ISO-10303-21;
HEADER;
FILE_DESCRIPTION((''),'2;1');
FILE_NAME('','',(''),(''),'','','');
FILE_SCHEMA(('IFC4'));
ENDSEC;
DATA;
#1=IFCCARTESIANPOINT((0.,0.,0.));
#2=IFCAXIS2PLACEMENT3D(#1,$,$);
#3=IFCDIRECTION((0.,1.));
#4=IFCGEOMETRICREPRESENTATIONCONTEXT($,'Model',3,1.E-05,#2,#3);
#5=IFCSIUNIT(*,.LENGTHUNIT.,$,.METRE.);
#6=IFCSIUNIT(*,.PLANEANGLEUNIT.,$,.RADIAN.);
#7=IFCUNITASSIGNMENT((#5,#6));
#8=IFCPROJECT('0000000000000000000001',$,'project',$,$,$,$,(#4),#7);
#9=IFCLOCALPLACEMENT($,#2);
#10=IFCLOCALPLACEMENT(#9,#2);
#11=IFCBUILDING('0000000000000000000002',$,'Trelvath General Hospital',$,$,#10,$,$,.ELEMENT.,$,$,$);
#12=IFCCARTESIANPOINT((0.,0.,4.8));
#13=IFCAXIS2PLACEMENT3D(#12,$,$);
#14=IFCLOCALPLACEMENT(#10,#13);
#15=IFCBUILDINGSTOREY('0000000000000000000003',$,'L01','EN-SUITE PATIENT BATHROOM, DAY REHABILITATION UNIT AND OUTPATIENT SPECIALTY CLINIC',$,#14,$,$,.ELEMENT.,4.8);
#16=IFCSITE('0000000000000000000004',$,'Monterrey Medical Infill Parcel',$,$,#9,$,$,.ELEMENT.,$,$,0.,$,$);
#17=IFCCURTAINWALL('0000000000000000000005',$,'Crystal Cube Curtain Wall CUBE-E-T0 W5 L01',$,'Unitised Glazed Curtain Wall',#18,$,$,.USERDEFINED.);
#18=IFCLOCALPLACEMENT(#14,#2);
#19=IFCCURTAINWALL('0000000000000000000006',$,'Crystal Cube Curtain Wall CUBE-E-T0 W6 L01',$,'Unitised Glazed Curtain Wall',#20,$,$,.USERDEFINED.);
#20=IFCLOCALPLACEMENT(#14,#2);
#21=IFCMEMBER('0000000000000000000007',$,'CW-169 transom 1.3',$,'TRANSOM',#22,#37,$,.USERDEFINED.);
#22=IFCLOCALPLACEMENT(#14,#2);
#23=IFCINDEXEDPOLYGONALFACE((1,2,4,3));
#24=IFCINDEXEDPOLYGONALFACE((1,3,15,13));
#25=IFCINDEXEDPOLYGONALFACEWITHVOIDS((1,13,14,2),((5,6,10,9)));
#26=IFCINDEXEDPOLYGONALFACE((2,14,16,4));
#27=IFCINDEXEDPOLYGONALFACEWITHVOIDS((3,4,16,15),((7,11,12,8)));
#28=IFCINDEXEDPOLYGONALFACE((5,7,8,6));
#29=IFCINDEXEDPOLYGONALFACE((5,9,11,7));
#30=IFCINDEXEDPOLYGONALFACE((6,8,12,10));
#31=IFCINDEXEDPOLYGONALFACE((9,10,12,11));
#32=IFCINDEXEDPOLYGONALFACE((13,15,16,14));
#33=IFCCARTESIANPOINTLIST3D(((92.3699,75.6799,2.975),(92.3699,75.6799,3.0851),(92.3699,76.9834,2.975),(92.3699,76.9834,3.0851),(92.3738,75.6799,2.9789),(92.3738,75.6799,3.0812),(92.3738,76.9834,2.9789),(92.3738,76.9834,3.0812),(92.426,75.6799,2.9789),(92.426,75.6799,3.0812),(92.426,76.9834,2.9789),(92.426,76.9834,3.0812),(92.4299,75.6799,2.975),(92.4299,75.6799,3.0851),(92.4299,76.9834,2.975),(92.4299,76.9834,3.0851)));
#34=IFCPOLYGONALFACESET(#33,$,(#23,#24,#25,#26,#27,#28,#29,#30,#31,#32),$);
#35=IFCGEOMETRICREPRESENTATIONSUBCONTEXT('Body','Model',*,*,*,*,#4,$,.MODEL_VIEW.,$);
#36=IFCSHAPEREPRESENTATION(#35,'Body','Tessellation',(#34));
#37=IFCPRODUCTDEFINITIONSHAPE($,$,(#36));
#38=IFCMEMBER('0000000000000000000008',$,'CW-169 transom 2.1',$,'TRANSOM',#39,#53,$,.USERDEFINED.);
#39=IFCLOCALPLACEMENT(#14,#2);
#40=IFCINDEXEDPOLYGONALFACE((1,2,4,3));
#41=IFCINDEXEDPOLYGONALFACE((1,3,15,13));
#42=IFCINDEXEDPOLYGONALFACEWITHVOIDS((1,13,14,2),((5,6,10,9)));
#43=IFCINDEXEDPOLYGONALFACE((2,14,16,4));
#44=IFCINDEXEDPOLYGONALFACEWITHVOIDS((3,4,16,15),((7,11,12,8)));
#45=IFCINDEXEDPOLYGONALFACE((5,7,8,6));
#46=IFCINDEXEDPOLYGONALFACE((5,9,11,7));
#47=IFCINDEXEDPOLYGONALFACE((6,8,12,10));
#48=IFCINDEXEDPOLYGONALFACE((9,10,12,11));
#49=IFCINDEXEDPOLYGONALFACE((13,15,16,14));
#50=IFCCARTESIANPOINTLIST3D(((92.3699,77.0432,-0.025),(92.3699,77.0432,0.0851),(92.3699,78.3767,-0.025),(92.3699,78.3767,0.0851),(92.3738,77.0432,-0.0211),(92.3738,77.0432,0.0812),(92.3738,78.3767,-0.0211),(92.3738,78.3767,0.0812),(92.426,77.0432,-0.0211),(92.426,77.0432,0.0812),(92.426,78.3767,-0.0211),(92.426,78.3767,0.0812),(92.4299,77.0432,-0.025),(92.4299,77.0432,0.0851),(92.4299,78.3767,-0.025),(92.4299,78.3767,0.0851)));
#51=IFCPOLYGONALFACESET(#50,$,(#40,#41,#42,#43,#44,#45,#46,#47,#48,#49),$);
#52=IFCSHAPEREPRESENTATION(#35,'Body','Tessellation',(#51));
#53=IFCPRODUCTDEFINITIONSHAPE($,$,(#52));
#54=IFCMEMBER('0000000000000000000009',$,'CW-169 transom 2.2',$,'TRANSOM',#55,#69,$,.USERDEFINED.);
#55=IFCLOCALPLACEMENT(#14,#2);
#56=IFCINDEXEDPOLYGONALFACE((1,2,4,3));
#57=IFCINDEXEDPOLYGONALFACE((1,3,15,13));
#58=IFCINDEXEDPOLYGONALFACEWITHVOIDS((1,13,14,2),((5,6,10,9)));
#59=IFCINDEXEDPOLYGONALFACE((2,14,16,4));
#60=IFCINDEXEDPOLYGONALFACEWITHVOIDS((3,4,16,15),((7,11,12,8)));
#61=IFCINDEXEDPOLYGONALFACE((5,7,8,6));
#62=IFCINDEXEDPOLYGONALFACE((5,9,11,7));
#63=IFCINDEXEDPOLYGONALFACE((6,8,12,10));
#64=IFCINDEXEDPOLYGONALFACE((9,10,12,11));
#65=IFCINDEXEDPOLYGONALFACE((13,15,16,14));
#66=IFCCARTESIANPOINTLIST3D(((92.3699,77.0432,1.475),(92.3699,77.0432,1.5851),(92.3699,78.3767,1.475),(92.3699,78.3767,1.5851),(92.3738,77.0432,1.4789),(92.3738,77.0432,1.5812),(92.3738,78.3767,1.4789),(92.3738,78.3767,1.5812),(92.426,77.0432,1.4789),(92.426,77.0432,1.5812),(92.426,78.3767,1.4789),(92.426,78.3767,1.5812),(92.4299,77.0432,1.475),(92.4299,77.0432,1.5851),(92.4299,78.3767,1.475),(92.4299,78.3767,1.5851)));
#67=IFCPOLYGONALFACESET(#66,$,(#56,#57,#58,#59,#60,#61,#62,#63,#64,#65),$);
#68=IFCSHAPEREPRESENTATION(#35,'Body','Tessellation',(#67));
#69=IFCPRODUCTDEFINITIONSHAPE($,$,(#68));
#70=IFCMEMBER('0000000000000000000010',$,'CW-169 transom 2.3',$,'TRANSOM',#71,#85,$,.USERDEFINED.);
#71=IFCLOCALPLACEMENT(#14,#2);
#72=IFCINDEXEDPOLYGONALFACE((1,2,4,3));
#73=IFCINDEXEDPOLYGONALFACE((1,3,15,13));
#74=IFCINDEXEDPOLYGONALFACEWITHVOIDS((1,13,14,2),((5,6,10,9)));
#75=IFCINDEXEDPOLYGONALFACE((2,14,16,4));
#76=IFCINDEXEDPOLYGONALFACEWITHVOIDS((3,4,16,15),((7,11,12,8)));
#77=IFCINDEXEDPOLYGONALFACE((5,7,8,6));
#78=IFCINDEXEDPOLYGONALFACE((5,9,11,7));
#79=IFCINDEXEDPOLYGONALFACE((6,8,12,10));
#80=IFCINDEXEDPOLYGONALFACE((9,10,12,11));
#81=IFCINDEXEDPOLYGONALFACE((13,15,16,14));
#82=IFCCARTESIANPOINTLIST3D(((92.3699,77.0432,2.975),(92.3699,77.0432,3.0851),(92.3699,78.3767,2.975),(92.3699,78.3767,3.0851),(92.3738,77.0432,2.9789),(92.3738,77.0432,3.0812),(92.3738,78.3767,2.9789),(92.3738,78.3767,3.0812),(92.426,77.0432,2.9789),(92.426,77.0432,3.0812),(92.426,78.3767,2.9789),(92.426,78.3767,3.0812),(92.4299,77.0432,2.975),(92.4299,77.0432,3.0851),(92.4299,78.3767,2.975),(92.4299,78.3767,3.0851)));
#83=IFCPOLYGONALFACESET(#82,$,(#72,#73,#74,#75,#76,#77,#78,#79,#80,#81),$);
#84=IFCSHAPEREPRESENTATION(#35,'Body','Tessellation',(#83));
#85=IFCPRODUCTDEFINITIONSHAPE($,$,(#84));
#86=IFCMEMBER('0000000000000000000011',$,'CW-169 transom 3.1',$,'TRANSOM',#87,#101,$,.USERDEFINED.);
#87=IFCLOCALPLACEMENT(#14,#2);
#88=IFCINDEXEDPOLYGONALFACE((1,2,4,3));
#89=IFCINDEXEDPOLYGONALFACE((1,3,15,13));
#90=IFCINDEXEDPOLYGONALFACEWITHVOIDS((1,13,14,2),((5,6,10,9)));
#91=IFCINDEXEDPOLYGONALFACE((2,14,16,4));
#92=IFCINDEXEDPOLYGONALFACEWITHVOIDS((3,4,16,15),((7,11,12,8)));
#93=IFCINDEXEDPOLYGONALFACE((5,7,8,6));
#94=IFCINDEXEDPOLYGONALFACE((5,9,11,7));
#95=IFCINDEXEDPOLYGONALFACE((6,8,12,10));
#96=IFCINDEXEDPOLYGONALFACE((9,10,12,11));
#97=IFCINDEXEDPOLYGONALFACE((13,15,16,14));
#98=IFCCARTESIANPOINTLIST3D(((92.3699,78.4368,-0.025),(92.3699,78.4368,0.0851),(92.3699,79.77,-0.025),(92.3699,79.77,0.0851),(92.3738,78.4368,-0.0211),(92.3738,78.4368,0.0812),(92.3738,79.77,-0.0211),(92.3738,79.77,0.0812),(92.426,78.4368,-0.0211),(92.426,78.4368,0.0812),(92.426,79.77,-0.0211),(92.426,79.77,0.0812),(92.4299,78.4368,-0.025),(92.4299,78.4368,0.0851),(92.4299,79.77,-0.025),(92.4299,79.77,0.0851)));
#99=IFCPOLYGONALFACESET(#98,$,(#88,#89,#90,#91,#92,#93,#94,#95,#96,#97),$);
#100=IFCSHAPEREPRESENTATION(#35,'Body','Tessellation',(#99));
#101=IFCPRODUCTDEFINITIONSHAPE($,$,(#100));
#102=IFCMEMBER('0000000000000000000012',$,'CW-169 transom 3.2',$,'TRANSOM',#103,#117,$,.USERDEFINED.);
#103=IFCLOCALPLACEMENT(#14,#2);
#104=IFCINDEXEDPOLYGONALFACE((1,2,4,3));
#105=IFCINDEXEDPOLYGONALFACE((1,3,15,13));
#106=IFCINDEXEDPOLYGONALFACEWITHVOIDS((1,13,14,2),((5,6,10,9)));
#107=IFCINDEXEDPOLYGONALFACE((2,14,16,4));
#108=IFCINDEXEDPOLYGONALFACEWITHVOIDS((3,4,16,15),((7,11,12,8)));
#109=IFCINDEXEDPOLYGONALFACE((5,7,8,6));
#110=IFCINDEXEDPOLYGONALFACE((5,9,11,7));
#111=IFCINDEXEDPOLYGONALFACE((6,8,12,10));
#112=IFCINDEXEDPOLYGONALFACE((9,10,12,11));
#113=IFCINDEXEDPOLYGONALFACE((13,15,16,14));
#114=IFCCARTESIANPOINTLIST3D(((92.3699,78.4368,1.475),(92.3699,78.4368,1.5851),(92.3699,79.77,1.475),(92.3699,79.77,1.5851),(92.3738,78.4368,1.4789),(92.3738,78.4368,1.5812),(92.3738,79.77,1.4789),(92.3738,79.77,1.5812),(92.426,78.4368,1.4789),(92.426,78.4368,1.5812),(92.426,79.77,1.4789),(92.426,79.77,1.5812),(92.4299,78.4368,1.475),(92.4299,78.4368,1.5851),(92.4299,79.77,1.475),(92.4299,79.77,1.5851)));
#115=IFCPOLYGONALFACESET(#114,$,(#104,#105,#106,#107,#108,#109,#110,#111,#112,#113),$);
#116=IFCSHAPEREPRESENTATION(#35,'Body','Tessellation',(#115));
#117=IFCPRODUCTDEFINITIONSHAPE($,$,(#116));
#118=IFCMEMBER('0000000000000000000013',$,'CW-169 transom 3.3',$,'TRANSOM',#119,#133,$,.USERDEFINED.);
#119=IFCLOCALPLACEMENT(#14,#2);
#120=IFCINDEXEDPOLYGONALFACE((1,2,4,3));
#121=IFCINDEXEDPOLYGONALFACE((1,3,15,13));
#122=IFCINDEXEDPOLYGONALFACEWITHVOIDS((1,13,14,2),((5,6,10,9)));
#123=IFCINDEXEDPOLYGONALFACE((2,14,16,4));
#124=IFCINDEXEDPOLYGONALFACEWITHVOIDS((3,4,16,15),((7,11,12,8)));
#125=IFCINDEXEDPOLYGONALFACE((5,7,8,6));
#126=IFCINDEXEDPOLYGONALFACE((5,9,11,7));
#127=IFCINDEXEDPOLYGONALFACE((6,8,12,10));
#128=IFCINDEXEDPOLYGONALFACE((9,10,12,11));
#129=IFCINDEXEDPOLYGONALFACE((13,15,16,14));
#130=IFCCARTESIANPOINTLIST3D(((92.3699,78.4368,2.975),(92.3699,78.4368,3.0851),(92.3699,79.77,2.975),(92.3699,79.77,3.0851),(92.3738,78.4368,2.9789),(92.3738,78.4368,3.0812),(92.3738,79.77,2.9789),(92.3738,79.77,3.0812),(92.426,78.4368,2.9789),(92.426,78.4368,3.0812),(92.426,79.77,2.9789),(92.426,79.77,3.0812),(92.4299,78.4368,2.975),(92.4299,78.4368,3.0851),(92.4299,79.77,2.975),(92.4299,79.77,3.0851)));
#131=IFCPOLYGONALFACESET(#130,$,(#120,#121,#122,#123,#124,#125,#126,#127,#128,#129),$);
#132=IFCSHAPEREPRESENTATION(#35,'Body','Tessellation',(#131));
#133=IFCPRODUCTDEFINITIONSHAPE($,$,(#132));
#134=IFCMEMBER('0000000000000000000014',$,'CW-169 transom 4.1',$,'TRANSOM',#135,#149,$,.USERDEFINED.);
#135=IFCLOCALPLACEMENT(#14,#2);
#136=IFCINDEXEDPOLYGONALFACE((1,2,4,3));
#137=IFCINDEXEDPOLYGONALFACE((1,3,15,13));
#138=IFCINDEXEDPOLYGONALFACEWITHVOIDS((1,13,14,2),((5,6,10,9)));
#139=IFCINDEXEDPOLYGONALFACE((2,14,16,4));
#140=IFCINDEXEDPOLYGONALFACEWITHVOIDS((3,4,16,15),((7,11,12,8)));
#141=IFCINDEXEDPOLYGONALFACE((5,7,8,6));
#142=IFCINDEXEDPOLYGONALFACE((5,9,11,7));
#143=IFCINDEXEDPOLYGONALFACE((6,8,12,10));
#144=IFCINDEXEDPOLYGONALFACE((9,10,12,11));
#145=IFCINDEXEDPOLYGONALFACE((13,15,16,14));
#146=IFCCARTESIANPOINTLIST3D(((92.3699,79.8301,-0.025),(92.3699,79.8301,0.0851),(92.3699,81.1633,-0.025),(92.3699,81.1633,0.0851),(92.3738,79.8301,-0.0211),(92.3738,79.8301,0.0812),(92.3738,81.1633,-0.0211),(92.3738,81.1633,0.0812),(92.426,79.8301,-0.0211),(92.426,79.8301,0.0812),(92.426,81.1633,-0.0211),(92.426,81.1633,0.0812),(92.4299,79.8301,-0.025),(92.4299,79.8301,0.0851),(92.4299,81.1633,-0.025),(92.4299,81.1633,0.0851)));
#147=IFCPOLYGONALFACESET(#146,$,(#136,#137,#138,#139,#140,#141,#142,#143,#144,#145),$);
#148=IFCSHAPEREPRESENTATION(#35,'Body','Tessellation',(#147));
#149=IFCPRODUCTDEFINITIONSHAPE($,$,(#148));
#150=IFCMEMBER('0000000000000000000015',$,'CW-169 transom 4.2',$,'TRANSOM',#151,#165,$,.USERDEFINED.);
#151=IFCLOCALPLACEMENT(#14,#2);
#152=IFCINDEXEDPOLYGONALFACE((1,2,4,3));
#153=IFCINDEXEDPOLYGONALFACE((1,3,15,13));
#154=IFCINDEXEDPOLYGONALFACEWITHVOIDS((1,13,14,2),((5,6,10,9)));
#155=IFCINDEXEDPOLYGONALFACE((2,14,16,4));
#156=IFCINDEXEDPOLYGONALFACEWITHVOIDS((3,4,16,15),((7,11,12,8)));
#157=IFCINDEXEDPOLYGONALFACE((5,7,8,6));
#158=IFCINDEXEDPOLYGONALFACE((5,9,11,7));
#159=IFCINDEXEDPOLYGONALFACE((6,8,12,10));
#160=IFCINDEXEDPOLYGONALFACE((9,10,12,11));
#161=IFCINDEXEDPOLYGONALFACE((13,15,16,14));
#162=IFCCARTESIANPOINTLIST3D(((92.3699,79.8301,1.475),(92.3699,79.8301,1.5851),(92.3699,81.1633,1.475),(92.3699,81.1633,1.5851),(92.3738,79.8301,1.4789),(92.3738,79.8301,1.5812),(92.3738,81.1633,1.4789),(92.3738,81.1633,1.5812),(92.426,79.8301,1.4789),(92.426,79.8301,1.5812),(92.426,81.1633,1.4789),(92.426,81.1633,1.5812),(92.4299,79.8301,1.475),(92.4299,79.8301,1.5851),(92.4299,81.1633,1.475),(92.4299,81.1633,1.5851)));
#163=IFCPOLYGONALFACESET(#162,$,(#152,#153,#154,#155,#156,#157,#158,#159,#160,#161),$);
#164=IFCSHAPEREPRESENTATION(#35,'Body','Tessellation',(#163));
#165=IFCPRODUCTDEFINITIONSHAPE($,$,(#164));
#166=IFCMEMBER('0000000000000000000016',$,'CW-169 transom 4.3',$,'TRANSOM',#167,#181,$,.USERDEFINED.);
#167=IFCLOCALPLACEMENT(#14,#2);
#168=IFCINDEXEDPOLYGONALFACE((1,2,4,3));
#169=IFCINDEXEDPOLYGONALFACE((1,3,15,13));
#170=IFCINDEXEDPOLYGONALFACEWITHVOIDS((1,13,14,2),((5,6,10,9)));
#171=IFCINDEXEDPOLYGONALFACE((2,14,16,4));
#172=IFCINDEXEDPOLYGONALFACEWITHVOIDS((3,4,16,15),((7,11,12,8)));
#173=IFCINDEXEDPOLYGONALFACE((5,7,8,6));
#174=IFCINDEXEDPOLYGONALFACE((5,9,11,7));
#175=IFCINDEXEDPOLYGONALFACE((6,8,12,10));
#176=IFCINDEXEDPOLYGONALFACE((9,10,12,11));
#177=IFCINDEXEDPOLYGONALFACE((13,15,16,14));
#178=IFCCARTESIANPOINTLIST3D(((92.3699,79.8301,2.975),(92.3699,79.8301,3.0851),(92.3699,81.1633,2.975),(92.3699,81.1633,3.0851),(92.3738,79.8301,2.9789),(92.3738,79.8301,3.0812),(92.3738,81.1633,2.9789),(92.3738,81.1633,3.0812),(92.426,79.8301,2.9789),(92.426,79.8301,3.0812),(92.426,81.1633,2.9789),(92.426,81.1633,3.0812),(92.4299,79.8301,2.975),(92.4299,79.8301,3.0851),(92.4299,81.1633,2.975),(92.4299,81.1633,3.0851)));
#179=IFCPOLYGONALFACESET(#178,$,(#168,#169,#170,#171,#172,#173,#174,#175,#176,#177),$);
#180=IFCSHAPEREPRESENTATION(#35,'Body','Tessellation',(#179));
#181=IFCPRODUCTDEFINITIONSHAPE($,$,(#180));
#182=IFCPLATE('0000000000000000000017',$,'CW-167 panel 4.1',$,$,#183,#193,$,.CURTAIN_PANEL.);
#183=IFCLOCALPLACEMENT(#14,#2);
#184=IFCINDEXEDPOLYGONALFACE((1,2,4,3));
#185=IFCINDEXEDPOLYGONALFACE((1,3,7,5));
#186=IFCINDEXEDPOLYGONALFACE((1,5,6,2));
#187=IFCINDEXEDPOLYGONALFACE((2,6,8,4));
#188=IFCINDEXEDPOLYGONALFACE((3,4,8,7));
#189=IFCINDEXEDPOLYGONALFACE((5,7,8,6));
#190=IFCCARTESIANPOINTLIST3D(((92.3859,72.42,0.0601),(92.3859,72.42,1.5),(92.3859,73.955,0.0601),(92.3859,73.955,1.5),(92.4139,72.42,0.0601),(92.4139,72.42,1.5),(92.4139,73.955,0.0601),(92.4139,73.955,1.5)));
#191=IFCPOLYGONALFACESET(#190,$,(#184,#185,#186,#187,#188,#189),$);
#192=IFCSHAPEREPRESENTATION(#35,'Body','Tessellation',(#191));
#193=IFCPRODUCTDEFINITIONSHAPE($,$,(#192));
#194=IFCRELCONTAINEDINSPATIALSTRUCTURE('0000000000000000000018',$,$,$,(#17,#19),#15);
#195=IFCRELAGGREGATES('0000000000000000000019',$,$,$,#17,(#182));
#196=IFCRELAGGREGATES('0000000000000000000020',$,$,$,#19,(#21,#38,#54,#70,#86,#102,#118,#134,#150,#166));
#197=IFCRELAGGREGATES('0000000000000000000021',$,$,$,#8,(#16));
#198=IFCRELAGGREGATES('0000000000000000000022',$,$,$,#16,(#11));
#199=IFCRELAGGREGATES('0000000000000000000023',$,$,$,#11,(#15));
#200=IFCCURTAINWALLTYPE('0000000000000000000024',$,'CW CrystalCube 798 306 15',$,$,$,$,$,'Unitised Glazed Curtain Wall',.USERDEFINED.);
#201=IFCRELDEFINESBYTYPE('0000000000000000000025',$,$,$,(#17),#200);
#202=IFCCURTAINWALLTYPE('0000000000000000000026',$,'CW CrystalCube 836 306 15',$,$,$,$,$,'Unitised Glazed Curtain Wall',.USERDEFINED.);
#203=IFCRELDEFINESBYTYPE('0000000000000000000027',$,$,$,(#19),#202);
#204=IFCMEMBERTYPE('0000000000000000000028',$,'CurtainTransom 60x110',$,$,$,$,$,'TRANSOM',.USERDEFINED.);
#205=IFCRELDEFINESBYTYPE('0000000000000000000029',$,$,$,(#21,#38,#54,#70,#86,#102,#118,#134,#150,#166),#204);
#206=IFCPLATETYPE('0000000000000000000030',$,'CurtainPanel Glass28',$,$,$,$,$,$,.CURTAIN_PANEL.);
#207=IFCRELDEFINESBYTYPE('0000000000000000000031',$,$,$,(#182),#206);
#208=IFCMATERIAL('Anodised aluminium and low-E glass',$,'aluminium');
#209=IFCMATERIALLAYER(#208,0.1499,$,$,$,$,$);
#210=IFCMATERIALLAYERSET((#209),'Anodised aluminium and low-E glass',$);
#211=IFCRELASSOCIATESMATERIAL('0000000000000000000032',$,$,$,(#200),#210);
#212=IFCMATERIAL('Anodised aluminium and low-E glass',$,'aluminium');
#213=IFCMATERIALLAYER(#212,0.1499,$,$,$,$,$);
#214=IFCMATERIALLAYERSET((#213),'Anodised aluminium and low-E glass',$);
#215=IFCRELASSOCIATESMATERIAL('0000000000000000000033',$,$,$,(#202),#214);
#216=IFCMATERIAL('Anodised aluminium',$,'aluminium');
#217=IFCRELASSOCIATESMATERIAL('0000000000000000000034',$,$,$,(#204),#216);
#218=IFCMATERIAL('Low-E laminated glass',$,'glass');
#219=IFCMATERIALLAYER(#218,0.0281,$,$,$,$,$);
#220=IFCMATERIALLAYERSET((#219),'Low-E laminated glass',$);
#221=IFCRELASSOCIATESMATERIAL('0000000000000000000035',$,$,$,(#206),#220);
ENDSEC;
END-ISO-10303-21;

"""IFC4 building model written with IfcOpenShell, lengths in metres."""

from ifc_helpers import new_model, si_unit, direction, frame, origin, origin_2d, place, context, subcontext, project, spatial, rectangle, hollow_rectangle, extrude, material, layer, layer_set, material_profile, profile_set, type_object, element, aggregate, save


model = new_model("IFC4")

# Units and contexts
model_context = context("Model", 3, precision=1e-05, world=origin(), true_north=direction((0.0, 1.0)))
body_context = subcontext(model_context, "Body", "Model", "MODEL_VIEW")
ifc_project = project(units=[si_unit("LENGTHUNIT", "METRE"), si_unit("PLANEANGLEUNIT", "RADIAN")], contexts=[model_context])

# Site, building, storey
site_placement = place(None, origin())
site = spatial("IfcSite", under=ifc_project, at=site_placement, Name="Monterrey Medical Infill Parcel", CompositionType="ELEMENT", RefElevation=0.0)
building_placement = place(site_placement, origin())
building = spatial("IfcBuilding", under=site, at=building_placement, Name="Trelvath General Hospital", CompositionType="ELEMENT")
storey_placement = place(building_placement, frame((0.0, 0.0, 4.8)))
storey = spatial("IfcBuildingStorey", under=building, at=storey_placement, Name="L01", Description="EN-SUITE PATIENT BATHROOM, DAY REHABILITATION UNIT AND OUTPATIENT SPECIALTY CLINIC", CompositionType="ELEMENT", Elevation=4.8)

# Curtain walls
ifc_material_1 = material(Name="Anodised aluminium and low-E glass", Category="aluminium")
ifc_layer_1 = layer(ifc_material_1, 0.1499)
ifc_layer_set_1 = layer_set([ifc_layer_1], Name="Anodised aluminium and low-E glass")
curtain_wall_type_1 = type_object("IfcCurtainWallType", Name="CW CrystalCube 798 306 15", ElementType="Unitised Glazed Curtain Wall", PredefinedType="USERDEFINED", material=ifc_layer_set_1)
curtain_wall_1_placement = place(storey_placement, origin())
curtain_wall_1 = element("IfcCurtainWall", 1, at=curtain_wall_1_placement, inside=storey, type_object=curtain_wall_type_1, Name="Crystal Cube Curtain Wall CUBE-E-T0 W5 L01", ObjectType="Unitised Glazed Curtain Wall", PredefinedType="USERDEFINED")
ifc_material_2 = material(Name="Anodised aluminium and low-E glass", Category="aluminium")
ifc_layer_2 = layer(ifc_material_2, 0.1499)
ifc_layer_set_2 = layer_set([ifc_layer_2], Name="Anodised aluminium and low-E glass")
curtain_wall_type_2 = type_object("IfcCurtainWallType", Name="CW CrystalCube 836 306 15", ElementType="Unitised Glazed Curtain Wall", PredefinedType="USERDEFINED", material=ifc_layer_set_2)
curtain_wall_2_placement = place(storey_placement, origin())
curtain_wall_2 = element("IfcCurtainWall", 2, at=curtain_wall_2_placement, inside=storey, type_object=curtain_wall_type_2, Name="Crystal Cube Curtain Wall CUBE-E-T0 W6 L01", ObjectType="Unitised Glazed Curtain Wall", PredefinedType="USERDEFINED")

# Members
ifc_material_3 = material(Name="Anodised aluminium", Category="aluminium")
ifc_material_profile_1 = material_profile(ifc_material_3, hollow_rectangle(XDim=0.0601, YDim=0.1101, WallThickness=0.0039, at=origin_2d()), Name="RHS60x110x4")
ifc_profile_set_1 = profile_set([ifc_material_profile_1], Name="Anodised aluminium")
member_type_1 = type_object("IfcMemberType", Name="CurtainTransom 60x110", ElementType="TRANSOM", PredefinedType="USERDEFINED", material=ifc_profile_set_1)
member_1_placement = place(storey_placement, frame((92.3999, 75.6799, 3.03), z_axis=(0.0, 1.0, 0.0), x_axis=(-1.0, 0.0, 0.0)))
member_1 = element("IfcMember", 3, at=member_1_placement, type_object=member_type_1, Name="CW-169 transom 1.3", ObjectType="TRANSOM", PredefinedType="USERDEFINED", context=body_context, shape_type="SweptSolid", body=[
    extrude(hollow_rectangle(XDim=0.0601, YDim=0.1101, WallThickness=0.0039, at=origin_2d()), origin(), (0.0, 0.0, 1.0), 1.3035),
])
member_2_placement = place(storey_placement, frame((92.3999, 77.0432, 0.03), z_axis=(0.0, 1.0, 0.0), x_axis=(-1.0, 0.0, 0.0)))
member_2 = element("IfcMember", 4, at=member_2_placement, type_object=member_type_1, Name="CW-169 transom 2.1", ObjectType="TRANSOM", PredefinedType="USERDEFINED", context=body_context, shape_type="SweptSolid", body=[
    extrude(hollow_rectangle(XDim=0.0601, YDim=0.1101, WallThickness=0.0039, at=origin_2d()), origin(), (0.0, 0.0, 1.0), 1.3335),
])
member_3_placement = place(storey_placement, frame((92.3999, 77.0432, 1.53), z_axis=(0.0, 1.0, 0.0), x_axis=(-1.0, 0.0, 0.0)))
member_3 = element("IfcMember", 5, at=member_3_placement, type_object=member_type_1, Name="CW-169 transom 2.2", ObjectType="TRANSOM", PredefinedType="USERDEFINED", context=body_context, shape_type="SweptSolid", body=[
    extrude(hollow_rectangle(XDim=0.0601, YDim=0.1101, WallThickness=0.0039, at=origin_2d()), origin(), (0.0, 0.0, 1.0), 1.3335),
])
member_4_placement = place(storey_placement, frame((92.3999, 77.0432, 3.03), z_axis=(0.0, 1.0, 0.0), x_axis=(-1.0, 0.0, 0.0)))
member_4 = element("IfcMember", 6, at=member_4_placement, type_object=member_type_1, Name="CW-169 transom 2.3", ObjectType="TRANSOM", PredefinedType="USERDEFINED", context=body_context, shape_type="SweptSolid", body=[
    extrude(hollow_rectangle(XDim=0.0601, YDim=0.1101, WallThickness=0.0039, at=origin_2d()), origin(), (0.0, 0.0, 1.0), 1.3335),
])
member_5_placement = place(storey_placement, frame((92.3999, 78.4368, 0.03), z_axis=(0.0, 1.0, 0.0), x_axis=(-1.0, 0.0, 0.0)))
member_5 = element("IfcMember", 7, at=member_5_placement, type_object=member_type_1, Name="CW-169 transom 3.1", ObjectType="TRANSOM", PredefinedType="USERDEFINED", context=body_context, shape_type="SweptSolid", body=[
    extrude(hollow_rectangle(XDim=0.0601, YDim=0.1101, WallThickness=0.0039, at=origin_2d()), origin(), (0.0, 0.0, 1.0), 1.3333),
])
member_6_placement = place(storey_placement, frame((92.3999, 78.4368, 1.53), z_axis=(0.0, 1.0, 0.0), x_axis=(-1.0, 0.0, 0.0)))
member_6 = element("IfcMember", 8, at=member_6_placement, type_object=member_type_1, Name="CW-169 transom 3.2", ObjectType="TRANSOM", PredefinedType="USERDEFINED", context=body_context, shape_type="SweptSolid", body=[
    extrude(hollow_rectangle(XDim=0.0601, YDim=0.1101, WallThickness=0.0039, at=origin_2d()), origin(), (0.0, 0.0, 1.0), 1.3333),
])
member_7_placement = place(storey_placement, frame((92.3999, 78.4368, 3.03), z_axis=(0.0, 1.0, 0.0), x_axis=(-1.0, 0.0, 0.0)))
member_7 = element("IfcMember", 9, at=member_7_placement, type_object=member_type_1, Name="CW-169 transom 3.3", ObjectType="TRANSOM", PredefinedType="USERDEFINED", context=body_context, shape_type="SweptSolid", body=[
    extrude(hollow_rectangle(XDim=0.0601, YDim=0.1101, WallThickness=0.0039, at=origin_2d()), origin(), (0.0, 0.0, 1.0), 1.3333),
])
member_8_placement = place(storey_placement, frame((92.3999, 79.8301, 0.03), z_axis=(0.0, 1.0, 0.0), x_axis=(-1.0, 0.0, 0.0)))
member_8 = element("IfcMember", 10, at=member_8_placement, type_object=member_type_1, Name="CW-169 transom 4.1", ObjectType="TRANSOM", PredefinedType="USERDEFINED", context=body_context, shape_type="SweptSolid", body=[
    extrude(hollow_rectangle(XDim=0.0601, YDim=0.1101, WallThickness=0.0039, at=origin_2d()), origin(), (0.0, 0.0, 1.0), 1.3333),
])
member_9_placement = place(storey_placement, frame((92.3999, 79.8301, 1.53), z_axis=(0.0, 1.0, 0.0), x_axis=(-1.0, 0.0, 0.0)))
member_9 = element("IfcMember", 11, at=member_9_placement, type_object=member_type_1, Name="CW-169 transom 4.2", ObjectType="TRANSOM", PredefinedType="USERDEFINED", context=body_context, shape_type="SweptSolid", body=[
    extrude(hollow_rectangle(XDim=0.0601, YDim=0.1101, WallThickness=0.0039, at=origin_2d()), origin(), (0.0, 0.0, 1.0), 1.3333),
])
member_10_placement = place(storey_placement, frame((92.3999, 79.8301, 3.03), z_axis=(0.0, 1.0, 0.0), x_axis=(-1.0, 0.0, 0.0)))
member_10 = element("IfcMember", 12, at=member_10_placement, type_object=member_type_1, Name="CW-169 transom 4.3", ObjectType="TRANSOM", PredefinedType="USERDEFINED", context=body_context, shape_type="SweptSolid", body=[
    extrude(hollow_rectangle(XDim=0.0601, YDim=0.1101, WallThickness=0.0039, at=origin_2d()), origin(), (0.0, 0.0, 1.0), 1.3333),
])

# Plate
ifc_material_4 = material(Name="Low-E laminated glass", Category="glass")
ifc_layer_3 = layer(ifc_material_4, 0.0281)
ifc_layer_set_3 = layer_set([ifc_layer_3], Name="Low-E laminated glass")
plate_type = type_object("IfcPlateType", Name="CurtainPanel Glass28", PredefinedType="CURTAIN_PANEL", material=ifc_layer_set_3)
plate_1_placement = place(storey_placement, frame((92.3999, 73.1875, 0.0601), z_axis=(0.0, 0.0, 1.0), x_axis=(0.0, 1.0, 0.0)))
plate_1 = element("IfcPlate", 13, at=plate_1_placement, type_object=plate_type, Name="CW-167 panel 4.1", PredefinedType="CURTAIN_PANEL", context=body_context, shape_type="SweptSolid", body=[
    extrude(rectangle(XDim=1.5349, YDim=0.0281, at=origin_2d()), origin(), (0.0, 0.0, 1.0), 1.4399),
])
aggregate(curtain_wall_1, [plate_1])
aggregate(curtain_wall_2, [member_1, member_2, member_3, member_4, member_5, member_6, member_7, member_8, member_9, member_10])

save(model, "model.ifc")
